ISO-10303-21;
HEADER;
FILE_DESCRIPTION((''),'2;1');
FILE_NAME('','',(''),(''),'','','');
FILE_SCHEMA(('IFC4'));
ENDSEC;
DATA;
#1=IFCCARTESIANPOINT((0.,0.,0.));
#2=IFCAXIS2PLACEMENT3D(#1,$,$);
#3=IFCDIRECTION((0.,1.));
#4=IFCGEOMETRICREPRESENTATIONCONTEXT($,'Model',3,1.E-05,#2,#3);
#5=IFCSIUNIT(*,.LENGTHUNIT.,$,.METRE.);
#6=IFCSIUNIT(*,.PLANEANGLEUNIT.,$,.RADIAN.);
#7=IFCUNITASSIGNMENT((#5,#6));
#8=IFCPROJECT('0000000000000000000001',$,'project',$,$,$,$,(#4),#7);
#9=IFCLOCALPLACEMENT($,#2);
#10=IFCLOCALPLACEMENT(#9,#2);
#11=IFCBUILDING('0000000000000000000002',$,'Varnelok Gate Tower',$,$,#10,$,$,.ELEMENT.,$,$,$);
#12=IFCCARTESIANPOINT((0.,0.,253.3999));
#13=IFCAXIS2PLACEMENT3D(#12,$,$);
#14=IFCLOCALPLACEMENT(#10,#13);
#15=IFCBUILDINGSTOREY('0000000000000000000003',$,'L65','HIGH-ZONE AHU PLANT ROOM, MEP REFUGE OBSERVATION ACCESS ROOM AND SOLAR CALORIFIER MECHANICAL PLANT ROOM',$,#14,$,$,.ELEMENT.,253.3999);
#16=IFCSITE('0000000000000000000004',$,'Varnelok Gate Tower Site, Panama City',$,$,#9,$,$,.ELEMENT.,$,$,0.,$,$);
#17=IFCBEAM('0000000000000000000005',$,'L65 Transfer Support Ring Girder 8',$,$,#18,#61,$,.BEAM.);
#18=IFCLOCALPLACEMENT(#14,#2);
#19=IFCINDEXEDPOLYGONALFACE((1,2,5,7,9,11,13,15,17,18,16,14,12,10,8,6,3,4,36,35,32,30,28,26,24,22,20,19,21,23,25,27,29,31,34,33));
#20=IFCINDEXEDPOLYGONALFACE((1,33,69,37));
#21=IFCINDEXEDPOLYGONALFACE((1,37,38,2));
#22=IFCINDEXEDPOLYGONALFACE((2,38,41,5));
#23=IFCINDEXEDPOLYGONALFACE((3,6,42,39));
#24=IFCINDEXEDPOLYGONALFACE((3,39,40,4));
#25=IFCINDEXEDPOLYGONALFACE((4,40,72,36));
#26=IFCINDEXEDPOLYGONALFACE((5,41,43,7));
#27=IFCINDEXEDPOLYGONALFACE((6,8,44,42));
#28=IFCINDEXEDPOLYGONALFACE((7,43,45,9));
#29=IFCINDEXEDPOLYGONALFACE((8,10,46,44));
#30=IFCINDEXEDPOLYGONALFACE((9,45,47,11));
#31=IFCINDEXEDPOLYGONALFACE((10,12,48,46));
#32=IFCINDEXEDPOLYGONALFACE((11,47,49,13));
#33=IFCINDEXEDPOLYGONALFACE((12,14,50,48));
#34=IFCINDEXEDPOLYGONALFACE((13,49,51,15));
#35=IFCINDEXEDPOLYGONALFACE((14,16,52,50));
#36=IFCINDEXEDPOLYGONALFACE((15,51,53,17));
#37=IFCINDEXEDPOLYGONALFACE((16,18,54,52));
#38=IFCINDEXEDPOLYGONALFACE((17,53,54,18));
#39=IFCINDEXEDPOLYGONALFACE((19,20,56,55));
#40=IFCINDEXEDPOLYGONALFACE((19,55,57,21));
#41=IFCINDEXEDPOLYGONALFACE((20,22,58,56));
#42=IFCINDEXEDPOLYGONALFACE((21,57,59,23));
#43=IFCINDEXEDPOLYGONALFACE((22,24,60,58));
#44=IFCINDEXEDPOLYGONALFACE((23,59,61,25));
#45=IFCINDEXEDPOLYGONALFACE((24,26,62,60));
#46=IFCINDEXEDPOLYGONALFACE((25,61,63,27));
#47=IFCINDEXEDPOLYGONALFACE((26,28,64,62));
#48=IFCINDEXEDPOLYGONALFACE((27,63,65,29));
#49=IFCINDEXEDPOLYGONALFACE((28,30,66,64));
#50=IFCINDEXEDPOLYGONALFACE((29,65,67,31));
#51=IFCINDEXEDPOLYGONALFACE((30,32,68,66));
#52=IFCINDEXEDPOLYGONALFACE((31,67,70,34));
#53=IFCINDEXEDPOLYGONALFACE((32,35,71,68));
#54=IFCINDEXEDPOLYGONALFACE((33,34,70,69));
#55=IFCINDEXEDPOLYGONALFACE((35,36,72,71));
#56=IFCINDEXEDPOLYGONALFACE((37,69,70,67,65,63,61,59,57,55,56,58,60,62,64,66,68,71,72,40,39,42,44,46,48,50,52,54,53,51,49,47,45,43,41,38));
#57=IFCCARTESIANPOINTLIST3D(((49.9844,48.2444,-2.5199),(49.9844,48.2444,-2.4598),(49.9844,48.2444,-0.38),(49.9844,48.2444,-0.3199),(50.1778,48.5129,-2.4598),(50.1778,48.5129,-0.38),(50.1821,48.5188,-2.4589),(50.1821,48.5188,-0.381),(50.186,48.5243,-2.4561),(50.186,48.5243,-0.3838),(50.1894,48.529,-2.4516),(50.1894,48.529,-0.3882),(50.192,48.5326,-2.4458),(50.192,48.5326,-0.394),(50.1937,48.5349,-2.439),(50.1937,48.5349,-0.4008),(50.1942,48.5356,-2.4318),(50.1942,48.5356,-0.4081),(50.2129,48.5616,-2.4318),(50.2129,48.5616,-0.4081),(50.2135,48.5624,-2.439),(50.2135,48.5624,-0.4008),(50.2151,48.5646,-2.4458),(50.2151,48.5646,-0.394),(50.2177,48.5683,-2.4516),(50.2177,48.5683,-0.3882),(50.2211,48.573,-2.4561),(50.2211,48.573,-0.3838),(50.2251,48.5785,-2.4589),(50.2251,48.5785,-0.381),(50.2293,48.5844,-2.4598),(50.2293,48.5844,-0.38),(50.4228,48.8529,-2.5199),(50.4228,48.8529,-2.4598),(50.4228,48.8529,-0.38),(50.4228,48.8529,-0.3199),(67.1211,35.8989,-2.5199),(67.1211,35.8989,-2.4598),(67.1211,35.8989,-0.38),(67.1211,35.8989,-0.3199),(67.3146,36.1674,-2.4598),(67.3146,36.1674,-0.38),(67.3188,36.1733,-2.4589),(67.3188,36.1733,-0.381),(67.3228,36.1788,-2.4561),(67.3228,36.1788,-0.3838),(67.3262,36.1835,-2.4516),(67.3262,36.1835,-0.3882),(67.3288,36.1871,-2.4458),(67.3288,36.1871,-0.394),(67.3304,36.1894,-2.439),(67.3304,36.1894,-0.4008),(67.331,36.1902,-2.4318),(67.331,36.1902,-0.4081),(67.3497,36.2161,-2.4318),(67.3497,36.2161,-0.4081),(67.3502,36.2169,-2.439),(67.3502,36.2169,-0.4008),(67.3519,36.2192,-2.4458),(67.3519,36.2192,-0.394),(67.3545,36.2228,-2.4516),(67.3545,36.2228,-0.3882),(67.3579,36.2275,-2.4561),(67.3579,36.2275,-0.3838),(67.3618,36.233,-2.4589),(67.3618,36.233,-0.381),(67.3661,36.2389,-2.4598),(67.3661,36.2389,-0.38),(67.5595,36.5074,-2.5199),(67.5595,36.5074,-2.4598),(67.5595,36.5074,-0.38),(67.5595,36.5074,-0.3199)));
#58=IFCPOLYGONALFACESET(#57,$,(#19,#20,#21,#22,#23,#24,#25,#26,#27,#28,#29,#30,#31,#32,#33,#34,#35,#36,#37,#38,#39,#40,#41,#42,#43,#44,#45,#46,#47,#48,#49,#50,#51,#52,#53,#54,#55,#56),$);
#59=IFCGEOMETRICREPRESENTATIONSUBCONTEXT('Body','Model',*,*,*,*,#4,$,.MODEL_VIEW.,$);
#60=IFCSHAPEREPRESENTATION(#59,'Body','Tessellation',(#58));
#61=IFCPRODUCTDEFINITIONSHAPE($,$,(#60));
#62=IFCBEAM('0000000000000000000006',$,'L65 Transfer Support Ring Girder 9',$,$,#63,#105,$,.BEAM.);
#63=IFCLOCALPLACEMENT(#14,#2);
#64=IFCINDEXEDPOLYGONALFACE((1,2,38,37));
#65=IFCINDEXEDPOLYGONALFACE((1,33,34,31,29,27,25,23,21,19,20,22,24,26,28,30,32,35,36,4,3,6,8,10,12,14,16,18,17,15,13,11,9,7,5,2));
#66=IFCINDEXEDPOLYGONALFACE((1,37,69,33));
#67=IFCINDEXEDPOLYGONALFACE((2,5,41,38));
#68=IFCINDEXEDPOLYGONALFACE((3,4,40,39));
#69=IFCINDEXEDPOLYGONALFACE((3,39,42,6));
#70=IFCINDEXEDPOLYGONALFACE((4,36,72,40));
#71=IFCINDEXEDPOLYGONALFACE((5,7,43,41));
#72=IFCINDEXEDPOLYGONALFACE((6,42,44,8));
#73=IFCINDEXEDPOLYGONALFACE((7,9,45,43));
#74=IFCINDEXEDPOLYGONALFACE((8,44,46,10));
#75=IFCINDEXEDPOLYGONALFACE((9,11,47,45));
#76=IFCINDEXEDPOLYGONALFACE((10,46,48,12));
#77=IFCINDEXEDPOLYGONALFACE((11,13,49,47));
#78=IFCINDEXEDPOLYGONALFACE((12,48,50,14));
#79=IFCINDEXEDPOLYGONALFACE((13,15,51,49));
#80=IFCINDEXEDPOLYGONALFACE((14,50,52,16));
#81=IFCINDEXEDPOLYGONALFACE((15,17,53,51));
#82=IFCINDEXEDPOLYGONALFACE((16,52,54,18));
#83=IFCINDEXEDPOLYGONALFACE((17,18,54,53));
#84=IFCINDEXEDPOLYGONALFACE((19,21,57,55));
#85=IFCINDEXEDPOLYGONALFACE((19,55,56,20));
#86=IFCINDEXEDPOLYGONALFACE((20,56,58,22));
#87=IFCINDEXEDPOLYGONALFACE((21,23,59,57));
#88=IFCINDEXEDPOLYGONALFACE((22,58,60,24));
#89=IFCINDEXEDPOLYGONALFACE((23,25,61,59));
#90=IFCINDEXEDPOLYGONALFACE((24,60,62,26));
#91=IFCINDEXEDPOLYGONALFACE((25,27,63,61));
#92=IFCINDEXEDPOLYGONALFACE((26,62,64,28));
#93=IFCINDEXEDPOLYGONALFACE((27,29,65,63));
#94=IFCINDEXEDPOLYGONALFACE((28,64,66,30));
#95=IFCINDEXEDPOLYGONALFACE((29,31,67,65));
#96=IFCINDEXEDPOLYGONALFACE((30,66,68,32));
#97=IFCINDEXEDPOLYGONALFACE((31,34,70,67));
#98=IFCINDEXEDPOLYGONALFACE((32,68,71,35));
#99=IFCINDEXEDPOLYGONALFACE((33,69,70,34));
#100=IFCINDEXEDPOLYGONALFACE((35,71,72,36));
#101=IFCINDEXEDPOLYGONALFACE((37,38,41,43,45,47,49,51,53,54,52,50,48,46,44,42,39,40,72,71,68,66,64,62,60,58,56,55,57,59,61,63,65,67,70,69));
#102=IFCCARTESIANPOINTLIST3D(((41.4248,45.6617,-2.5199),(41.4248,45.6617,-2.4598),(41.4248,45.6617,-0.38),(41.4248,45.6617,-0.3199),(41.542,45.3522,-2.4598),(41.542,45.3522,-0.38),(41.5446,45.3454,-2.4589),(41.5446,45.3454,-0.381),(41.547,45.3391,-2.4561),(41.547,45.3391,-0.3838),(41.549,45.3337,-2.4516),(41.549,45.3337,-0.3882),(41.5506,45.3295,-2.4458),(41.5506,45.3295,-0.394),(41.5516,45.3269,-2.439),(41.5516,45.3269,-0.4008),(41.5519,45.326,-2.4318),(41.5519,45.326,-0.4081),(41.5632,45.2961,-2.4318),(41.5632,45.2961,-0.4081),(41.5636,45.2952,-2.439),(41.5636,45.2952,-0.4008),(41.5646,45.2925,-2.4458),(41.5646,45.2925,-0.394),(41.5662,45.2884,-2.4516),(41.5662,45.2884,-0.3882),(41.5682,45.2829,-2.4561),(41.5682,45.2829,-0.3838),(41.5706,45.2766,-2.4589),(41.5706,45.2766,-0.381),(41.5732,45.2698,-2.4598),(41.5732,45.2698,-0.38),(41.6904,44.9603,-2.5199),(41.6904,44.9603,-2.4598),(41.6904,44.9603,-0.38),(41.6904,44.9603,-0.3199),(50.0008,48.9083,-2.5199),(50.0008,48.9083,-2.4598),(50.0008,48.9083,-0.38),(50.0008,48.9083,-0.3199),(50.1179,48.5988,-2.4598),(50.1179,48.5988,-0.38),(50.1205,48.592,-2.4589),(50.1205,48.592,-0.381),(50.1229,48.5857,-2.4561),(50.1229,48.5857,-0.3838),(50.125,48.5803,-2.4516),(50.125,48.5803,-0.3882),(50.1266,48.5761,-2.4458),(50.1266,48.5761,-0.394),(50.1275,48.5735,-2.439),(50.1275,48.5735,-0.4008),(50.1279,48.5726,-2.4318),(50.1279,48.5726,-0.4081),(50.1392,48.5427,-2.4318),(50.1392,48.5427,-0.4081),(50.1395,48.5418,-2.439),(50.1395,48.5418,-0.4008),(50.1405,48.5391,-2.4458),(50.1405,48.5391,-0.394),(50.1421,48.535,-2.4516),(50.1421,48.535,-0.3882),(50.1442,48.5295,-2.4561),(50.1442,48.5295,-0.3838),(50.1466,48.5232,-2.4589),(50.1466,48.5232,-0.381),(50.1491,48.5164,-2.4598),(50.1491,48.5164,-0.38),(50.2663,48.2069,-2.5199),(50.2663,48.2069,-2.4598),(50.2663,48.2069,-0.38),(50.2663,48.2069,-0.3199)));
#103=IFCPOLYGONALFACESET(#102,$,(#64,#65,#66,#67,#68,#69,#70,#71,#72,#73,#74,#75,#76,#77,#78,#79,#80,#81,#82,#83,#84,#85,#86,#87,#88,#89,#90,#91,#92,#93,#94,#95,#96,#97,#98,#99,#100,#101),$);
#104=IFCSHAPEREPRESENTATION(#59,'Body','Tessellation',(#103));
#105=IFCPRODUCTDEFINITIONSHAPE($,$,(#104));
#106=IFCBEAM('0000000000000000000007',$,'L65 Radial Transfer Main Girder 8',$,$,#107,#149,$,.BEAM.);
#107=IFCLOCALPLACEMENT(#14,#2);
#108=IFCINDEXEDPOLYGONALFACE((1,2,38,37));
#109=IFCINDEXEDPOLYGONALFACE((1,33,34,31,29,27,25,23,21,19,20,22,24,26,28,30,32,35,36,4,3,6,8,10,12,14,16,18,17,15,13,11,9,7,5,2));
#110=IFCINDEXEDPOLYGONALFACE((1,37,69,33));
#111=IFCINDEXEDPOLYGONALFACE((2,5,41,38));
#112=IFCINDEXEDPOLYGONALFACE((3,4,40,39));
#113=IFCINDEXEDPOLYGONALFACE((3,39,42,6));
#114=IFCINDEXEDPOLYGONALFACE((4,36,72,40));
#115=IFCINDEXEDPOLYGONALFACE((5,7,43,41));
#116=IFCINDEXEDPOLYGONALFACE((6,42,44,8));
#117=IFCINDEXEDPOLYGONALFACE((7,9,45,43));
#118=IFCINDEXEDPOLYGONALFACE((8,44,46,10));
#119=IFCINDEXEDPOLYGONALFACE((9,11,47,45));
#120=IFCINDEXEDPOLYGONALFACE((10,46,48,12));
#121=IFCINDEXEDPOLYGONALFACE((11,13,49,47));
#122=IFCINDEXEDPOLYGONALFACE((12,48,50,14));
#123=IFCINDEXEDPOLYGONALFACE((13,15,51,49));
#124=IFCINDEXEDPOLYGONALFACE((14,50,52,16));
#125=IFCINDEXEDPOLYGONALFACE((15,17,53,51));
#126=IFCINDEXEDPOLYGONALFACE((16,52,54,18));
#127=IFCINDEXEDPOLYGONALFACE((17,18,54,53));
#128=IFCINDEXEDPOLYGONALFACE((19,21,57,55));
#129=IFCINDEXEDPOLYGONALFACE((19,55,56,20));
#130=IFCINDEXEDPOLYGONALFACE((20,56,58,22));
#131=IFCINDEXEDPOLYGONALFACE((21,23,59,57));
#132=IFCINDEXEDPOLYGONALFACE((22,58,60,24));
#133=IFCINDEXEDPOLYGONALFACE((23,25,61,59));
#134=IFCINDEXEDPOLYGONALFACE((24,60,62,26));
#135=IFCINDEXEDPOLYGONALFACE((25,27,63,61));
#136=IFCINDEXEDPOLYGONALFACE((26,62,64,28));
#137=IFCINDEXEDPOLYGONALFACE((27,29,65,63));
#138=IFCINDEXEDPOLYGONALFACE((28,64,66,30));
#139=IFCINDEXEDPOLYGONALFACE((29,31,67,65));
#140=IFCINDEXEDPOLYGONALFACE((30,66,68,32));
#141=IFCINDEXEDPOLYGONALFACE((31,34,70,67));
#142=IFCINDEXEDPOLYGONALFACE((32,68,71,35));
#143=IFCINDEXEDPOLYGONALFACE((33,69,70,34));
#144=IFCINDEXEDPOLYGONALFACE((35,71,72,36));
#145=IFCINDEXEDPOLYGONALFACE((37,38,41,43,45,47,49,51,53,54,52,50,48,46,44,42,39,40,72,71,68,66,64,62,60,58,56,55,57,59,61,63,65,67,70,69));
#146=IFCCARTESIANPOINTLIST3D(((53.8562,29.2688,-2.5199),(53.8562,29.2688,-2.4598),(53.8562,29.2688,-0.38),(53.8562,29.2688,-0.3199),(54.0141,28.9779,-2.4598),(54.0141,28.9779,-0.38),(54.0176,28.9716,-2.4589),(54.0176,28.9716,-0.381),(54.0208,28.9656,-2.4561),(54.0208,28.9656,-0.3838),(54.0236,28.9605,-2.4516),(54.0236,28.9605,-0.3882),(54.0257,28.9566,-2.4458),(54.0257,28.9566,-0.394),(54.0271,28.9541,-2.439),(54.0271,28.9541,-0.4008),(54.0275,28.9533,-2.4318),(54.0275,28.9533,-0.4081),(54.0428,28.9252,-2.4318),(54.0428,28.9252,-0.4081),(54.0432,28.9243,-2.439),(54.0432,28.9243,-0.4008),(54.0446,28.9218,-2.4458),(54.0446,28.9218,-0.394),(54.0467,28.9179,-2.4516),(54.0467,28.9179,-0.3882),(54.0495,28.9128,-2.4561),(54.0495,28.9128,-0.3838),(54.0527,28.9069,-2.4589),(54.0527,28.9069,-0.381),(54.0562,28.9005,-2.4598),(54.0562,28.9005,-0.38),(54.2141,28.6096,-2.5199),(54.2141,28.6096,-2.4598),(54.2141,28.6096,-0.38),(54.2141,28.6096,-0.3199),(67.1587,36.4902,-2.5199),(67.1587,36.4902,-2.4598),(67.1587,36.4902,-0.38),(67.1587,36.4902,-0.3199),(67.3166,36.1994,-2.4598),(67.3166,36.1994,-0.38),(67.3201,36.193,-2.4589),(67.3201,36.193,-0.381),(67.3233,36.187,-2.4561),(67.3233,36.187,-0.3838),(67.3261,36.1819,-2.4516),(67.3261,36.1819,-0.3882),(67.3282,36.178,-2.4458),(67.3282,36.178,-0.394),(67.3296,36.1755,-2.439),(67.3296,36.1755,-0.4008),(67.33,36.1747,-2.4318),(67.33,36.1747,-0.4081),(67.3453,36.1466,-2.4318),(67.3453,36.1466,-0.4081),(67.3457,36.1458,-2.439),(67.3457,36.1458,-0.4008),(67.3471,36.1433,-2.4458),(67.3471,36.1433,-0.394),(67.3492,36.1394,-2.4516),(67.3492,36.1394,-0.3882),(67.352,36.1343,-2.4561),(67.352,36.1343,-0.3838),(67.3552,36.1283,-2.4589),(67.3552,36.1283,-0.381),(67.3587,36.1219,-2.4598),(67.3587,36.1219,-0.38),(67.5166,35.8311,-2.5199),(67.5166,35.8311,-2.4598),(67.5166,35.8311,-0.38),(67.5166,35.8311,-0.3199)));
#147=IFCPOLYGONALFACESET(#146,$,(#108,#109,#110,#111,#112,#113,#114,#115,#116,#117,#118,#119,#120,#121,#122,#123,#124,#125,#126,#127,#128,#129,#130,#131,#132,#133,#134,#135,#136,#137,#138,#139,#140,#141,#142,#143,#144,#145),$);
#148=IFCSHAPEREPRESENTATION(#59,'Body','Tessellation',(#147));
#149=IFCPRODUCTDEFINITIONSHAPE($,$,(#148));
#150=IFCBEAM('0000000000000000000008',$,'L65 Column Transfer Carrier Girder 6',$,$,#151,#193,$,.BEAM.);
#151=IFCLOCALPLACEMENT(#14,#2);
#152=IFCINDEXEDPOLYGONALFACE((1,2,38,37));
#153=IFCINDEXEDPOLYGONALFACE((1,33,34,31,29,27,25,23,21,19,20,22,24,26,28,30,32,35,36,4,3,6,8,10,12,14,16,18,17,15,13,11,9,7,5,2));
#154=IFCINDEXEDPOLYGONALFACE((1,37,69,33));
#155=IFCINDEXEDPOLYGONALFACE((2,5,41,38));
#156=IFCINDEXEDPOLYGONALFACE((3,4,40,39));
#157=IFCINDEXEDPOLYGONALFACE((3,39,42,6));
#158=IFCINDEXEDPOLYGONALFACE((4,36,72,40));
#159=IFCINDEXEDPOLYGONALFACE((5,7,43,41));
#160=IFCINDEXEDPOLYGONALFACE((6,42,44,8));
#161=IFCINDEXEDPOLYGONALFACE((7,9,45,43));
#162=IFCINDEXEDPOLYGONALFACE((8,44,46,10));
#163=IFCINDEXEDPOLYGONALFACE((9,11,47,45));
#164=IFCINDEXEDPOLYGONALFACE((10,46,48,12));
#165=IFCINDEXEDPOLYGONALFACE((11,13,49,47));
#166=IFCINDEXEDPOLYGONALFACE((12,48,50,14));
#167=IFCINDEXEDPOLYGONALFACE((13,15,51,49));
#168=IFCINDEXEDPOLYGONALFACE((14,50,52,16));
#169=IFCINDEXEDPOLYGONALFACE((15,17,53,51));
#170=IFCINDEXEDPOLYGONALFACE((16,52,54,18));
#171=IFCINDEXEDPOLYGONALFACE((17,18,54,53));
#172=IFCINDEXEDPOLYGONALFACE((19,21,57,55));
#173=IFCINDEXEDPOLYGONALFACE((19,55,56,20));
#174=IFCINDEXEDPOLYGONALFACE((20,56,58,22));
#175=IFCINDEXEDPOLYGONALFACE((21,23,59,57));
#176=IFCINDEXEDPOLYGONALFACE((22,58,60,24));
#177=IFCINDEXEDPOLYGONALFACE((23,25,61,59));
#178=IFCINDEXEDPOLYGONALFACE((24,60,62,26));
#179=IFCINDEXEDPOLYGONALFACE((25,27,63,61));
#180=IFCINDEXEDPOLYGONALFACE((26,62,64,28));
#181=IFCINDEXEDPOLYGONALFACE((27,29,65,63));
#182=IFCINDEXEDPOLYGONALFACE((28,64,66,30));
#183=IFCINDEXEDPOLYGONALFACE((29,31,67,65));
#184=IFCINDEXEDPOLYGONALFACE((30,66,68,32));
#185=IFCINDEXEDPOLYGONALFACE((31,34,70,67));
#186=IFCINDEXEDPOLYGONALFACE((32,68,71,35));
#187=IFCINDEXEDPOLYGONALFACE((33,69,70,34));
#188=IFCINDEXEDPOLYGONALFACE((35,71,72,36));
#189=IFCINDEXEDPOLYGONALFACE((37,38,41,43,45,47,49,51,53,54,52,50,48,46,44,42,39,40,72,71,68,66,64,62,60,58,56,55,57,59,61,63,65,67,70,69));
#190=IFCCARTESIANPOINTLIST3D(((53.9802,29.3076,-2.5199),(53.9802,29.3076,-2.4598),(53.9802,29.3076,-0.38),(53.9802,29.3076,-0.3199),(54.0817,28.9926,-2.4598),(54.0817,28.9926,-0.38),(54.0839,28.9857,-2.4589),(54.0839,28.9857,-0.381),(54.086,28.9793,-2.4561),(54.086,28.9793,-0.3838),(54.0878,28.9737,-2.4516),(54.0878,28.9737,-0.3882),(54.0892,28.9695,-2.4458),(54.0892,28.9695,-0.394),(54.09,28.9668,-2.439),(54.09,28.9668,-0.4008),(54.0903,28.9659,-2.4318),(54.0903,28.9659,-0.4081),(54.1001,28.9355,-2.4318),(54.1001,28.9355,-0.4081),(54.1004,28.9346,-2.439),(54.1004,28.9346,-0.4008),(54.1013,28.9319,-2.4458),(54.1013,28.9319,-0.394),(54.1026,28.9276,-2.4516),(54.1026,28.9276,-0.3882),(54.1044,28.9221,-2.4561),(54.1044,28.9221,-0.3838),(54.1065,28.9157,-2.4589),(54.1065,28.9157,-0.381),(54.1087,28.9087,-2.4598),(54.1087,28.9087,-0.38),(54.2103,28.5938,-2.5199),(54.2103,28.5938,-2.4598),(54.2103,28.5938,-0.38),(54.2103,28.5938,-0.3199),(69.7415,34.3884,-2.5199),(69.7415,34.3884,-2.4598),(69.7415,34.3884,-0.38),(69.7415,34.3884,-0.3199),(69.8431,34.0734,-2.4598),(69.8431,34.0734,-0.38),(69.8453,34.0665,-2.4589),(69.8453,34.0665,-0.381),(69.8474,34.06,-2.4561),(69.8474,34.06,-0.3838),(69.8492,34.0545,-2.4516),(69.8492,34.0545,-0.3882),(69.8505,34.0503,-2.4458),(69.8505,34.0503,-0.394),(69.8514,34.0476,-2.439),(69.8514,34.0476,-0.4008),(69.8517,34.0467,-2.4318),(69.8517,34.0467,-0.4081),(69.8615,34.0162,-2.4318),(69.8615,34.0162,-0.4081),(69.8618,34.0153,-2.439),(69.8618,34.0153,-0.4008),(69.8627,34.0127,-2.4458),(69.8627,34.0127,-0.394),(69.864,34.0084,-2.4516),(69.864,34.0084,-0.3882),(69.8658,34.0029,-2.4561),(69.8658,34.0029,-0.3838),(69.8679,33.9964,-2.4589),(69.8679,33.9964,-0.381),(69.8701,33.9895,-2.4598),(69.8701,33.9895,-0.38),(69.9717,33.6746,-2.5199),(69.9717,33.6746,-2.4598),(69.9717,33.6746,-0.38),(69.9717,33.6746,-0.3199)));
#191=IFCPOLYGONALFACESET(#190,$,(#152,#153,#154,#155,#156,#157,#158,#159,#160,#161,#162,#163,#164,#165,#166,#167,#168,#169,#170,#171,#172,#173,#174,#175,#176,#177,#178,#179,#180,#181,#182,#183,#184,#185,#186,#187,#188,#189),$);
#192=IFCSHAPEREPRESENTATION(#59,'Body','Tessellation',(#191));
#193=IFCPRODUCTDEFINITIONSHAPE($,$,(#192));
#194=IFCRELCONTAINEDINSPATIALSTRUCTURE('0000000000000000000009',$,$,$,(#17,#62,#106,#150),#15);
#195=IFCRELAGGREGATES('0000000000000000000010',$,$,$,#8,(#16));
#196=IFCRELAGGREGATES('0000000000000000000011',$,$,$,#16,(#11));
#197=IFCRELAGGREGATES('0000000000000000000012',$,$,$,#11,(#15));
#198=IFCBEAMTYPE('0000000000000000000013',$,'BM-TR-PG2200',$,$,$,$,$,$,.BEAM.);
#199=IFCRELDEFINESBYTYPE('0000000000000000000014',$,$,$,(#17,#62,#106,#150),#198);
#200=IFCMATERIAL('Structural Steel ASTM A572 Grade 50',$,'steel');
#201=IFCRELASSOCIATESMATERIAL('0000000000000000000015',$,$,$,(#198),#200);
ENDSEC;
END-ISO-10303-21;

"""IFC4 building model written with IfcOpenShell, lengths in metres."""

from ifc_helpers import new_model, si_unit, direction, frame, origin, origin_2d, place, context, subcontext, project, spatial, i_section, extrude, material, material_profile, profile_set, type_object, element, save


model = new_model("IFC4")

# Units and contexts
model_context = context("Model", 3, precision=1e-05, world=origin(), true_north=direction((0.0, 1.0)))
body_context = subcontext(model_context, "Body", "Model", "MODEL_VIEW")
ifc_project = project(units=[si_unit("LENGTHUNIT", "METRE"), si_unit("PLANEANGLEUNIT", "RADIAN")], contexts=[model_context])

# Site, building, storey
site_placement = place(None, origin())
site = spatial("IfcSite", under=ifc_project, at=site_placement, Name="Varnelok Gate Tower Site, Panama City", CompositionType="ELEMENT", RefElevation=0.0)
building_placement = place(site_placement, origin())
building = spatial("IfcBuilding", under=site, at=building_placement, Name="Varnelok Gate Tower", CompositionType="ELEMENT")
storey_placement = place(building_placement, frame((0.0, 0.0, 253.3999)))
storey = spatial("IfcBuildingStorey", under=building, at=storey_placement, Name="L65", Description="HIGH-ZONE AHU PLANT ROOM, MEP REFUGE OBSERVATION ACCESS ROOM AND SOLAR CALORIFIER MECHANICAL PLANT ROOM", CompositionType="ELEMENT", Elevation=253.3999)

# Beams
ifc_material_1 = material(Name="Structural Steel ASTM A572 Grade 50", Category="steel")
ifc_material_profile_1 = material_profile(ifc_material_1, i_section(OverallWidth=0.75, OverallDepth=2.2, WebThickness=0.032, FlangeThickness=0.0601, FilletRadius=0.0281, at=origin_2d()), Name="PG2200X750")
ifc_profile_set_1 = profile_set([ifc_material_profile_1], Name="Structural Steel ASTM A572 Grade 50")
beam_type = type_object("IfcBeamType", Name="BM-TR-PG2200", PredefinedType="BEAM", material=ifc_profile_set_1)
beam_1_placement = place(storey_placement, frame((67.3403, 36.2031, -1.4199), z_axis=(-0.811377, 0.584524, 0.0), x_axis=(-0.584524, -0.811377, 0.0)))
element("IfcBeam", 1, at=beam_1_placement, inside=storey, type_object=beam_type, Name="L65 Transfer Support Ring Girder 8", PredefinedType="BEAM", context=body_context, shape_type="SweptSolid", body=[
    extrude(i_section(OverallWidth=0.75, OverallDepth=2.2, WebThickness=0.032, FlangeThickness=0.0601, FilletRadius=0.0281, at=origin_2d()), origin(), (0.0, 0.0, 1.0), 21.1206),
])
beam_2_placement = place(storey_placement, frame((50.1335, 48.5576, -1.4199), z_axis=(-0.935227, -0.354048, 0.0), x_axis=(0.354048, -0.935227, 0.0)))
element("IfcBeam", 2, at=beam_2_placement, inside=storey, type_object=beam_type, Name="L65 Transfer Support Ring Girder 9", PredefinedType="BEAM", context=body_context, shape_type="SweptSolid", body=[
    extrude(i_section(OverallWidth=0.75, OverallDepth=2.2, WebThickness=0.032, FlangeThickness=0.0601, FilletRadius=0.0281, at=origin_2d()), origin(), (0.0, 0.0, 1.0), 9.1699),
])
beam_3_placement = place(storey_placement, frame((54.0352, 28.9392, -1.4199), z_axis=(0.878851, 0.477096, 0.0), x_axis=(-0.477096, 0.878851, 0.0)))
element("IfcBeam", 3, at=beam_3_placement, inside=storey, type_object=beam_type, Name="L65 Radial Transfer Main Girder 8", PredefinedType="BEAM", context=body_context, shape_type="SweptSolid", body=[
    extrude(i_section(OverallWidth=0.75, OverallDepth=2.2, WebThickness=0.032, FlangeThickness=0.0601, FilletRadius=0.0281, at=origin_2d()), origin(), (0.0, 0.0, 1.0), 15.1362),
])
beam_4_placement = place(storey_placement, frame((54.0952, 28.9507, -1.4199), z_axis=(0.951771, 0.306809, 0.0), x_axis=(-0.306809, 0.951771, 0.0)))
element("IfcBeam", 4, at=beam_4_placement, inside=storey, type_object=beam_type, Name="L65 Column Transfer Carrier Girder 6", PredefinedType="BEAM", context=body_context, shape_type="SweptSolid", body=[
    extrude(i_section(OverallWidth=0.75, OverallDepth=2.2, WebThickness=0.032, FlangeThickness=0.0601, FilletRadius=0.0281, at=origin_2d()), origin(), (0.0, 0.0, 1.0), 16.5601),
])

save(model, "model.ifc")
